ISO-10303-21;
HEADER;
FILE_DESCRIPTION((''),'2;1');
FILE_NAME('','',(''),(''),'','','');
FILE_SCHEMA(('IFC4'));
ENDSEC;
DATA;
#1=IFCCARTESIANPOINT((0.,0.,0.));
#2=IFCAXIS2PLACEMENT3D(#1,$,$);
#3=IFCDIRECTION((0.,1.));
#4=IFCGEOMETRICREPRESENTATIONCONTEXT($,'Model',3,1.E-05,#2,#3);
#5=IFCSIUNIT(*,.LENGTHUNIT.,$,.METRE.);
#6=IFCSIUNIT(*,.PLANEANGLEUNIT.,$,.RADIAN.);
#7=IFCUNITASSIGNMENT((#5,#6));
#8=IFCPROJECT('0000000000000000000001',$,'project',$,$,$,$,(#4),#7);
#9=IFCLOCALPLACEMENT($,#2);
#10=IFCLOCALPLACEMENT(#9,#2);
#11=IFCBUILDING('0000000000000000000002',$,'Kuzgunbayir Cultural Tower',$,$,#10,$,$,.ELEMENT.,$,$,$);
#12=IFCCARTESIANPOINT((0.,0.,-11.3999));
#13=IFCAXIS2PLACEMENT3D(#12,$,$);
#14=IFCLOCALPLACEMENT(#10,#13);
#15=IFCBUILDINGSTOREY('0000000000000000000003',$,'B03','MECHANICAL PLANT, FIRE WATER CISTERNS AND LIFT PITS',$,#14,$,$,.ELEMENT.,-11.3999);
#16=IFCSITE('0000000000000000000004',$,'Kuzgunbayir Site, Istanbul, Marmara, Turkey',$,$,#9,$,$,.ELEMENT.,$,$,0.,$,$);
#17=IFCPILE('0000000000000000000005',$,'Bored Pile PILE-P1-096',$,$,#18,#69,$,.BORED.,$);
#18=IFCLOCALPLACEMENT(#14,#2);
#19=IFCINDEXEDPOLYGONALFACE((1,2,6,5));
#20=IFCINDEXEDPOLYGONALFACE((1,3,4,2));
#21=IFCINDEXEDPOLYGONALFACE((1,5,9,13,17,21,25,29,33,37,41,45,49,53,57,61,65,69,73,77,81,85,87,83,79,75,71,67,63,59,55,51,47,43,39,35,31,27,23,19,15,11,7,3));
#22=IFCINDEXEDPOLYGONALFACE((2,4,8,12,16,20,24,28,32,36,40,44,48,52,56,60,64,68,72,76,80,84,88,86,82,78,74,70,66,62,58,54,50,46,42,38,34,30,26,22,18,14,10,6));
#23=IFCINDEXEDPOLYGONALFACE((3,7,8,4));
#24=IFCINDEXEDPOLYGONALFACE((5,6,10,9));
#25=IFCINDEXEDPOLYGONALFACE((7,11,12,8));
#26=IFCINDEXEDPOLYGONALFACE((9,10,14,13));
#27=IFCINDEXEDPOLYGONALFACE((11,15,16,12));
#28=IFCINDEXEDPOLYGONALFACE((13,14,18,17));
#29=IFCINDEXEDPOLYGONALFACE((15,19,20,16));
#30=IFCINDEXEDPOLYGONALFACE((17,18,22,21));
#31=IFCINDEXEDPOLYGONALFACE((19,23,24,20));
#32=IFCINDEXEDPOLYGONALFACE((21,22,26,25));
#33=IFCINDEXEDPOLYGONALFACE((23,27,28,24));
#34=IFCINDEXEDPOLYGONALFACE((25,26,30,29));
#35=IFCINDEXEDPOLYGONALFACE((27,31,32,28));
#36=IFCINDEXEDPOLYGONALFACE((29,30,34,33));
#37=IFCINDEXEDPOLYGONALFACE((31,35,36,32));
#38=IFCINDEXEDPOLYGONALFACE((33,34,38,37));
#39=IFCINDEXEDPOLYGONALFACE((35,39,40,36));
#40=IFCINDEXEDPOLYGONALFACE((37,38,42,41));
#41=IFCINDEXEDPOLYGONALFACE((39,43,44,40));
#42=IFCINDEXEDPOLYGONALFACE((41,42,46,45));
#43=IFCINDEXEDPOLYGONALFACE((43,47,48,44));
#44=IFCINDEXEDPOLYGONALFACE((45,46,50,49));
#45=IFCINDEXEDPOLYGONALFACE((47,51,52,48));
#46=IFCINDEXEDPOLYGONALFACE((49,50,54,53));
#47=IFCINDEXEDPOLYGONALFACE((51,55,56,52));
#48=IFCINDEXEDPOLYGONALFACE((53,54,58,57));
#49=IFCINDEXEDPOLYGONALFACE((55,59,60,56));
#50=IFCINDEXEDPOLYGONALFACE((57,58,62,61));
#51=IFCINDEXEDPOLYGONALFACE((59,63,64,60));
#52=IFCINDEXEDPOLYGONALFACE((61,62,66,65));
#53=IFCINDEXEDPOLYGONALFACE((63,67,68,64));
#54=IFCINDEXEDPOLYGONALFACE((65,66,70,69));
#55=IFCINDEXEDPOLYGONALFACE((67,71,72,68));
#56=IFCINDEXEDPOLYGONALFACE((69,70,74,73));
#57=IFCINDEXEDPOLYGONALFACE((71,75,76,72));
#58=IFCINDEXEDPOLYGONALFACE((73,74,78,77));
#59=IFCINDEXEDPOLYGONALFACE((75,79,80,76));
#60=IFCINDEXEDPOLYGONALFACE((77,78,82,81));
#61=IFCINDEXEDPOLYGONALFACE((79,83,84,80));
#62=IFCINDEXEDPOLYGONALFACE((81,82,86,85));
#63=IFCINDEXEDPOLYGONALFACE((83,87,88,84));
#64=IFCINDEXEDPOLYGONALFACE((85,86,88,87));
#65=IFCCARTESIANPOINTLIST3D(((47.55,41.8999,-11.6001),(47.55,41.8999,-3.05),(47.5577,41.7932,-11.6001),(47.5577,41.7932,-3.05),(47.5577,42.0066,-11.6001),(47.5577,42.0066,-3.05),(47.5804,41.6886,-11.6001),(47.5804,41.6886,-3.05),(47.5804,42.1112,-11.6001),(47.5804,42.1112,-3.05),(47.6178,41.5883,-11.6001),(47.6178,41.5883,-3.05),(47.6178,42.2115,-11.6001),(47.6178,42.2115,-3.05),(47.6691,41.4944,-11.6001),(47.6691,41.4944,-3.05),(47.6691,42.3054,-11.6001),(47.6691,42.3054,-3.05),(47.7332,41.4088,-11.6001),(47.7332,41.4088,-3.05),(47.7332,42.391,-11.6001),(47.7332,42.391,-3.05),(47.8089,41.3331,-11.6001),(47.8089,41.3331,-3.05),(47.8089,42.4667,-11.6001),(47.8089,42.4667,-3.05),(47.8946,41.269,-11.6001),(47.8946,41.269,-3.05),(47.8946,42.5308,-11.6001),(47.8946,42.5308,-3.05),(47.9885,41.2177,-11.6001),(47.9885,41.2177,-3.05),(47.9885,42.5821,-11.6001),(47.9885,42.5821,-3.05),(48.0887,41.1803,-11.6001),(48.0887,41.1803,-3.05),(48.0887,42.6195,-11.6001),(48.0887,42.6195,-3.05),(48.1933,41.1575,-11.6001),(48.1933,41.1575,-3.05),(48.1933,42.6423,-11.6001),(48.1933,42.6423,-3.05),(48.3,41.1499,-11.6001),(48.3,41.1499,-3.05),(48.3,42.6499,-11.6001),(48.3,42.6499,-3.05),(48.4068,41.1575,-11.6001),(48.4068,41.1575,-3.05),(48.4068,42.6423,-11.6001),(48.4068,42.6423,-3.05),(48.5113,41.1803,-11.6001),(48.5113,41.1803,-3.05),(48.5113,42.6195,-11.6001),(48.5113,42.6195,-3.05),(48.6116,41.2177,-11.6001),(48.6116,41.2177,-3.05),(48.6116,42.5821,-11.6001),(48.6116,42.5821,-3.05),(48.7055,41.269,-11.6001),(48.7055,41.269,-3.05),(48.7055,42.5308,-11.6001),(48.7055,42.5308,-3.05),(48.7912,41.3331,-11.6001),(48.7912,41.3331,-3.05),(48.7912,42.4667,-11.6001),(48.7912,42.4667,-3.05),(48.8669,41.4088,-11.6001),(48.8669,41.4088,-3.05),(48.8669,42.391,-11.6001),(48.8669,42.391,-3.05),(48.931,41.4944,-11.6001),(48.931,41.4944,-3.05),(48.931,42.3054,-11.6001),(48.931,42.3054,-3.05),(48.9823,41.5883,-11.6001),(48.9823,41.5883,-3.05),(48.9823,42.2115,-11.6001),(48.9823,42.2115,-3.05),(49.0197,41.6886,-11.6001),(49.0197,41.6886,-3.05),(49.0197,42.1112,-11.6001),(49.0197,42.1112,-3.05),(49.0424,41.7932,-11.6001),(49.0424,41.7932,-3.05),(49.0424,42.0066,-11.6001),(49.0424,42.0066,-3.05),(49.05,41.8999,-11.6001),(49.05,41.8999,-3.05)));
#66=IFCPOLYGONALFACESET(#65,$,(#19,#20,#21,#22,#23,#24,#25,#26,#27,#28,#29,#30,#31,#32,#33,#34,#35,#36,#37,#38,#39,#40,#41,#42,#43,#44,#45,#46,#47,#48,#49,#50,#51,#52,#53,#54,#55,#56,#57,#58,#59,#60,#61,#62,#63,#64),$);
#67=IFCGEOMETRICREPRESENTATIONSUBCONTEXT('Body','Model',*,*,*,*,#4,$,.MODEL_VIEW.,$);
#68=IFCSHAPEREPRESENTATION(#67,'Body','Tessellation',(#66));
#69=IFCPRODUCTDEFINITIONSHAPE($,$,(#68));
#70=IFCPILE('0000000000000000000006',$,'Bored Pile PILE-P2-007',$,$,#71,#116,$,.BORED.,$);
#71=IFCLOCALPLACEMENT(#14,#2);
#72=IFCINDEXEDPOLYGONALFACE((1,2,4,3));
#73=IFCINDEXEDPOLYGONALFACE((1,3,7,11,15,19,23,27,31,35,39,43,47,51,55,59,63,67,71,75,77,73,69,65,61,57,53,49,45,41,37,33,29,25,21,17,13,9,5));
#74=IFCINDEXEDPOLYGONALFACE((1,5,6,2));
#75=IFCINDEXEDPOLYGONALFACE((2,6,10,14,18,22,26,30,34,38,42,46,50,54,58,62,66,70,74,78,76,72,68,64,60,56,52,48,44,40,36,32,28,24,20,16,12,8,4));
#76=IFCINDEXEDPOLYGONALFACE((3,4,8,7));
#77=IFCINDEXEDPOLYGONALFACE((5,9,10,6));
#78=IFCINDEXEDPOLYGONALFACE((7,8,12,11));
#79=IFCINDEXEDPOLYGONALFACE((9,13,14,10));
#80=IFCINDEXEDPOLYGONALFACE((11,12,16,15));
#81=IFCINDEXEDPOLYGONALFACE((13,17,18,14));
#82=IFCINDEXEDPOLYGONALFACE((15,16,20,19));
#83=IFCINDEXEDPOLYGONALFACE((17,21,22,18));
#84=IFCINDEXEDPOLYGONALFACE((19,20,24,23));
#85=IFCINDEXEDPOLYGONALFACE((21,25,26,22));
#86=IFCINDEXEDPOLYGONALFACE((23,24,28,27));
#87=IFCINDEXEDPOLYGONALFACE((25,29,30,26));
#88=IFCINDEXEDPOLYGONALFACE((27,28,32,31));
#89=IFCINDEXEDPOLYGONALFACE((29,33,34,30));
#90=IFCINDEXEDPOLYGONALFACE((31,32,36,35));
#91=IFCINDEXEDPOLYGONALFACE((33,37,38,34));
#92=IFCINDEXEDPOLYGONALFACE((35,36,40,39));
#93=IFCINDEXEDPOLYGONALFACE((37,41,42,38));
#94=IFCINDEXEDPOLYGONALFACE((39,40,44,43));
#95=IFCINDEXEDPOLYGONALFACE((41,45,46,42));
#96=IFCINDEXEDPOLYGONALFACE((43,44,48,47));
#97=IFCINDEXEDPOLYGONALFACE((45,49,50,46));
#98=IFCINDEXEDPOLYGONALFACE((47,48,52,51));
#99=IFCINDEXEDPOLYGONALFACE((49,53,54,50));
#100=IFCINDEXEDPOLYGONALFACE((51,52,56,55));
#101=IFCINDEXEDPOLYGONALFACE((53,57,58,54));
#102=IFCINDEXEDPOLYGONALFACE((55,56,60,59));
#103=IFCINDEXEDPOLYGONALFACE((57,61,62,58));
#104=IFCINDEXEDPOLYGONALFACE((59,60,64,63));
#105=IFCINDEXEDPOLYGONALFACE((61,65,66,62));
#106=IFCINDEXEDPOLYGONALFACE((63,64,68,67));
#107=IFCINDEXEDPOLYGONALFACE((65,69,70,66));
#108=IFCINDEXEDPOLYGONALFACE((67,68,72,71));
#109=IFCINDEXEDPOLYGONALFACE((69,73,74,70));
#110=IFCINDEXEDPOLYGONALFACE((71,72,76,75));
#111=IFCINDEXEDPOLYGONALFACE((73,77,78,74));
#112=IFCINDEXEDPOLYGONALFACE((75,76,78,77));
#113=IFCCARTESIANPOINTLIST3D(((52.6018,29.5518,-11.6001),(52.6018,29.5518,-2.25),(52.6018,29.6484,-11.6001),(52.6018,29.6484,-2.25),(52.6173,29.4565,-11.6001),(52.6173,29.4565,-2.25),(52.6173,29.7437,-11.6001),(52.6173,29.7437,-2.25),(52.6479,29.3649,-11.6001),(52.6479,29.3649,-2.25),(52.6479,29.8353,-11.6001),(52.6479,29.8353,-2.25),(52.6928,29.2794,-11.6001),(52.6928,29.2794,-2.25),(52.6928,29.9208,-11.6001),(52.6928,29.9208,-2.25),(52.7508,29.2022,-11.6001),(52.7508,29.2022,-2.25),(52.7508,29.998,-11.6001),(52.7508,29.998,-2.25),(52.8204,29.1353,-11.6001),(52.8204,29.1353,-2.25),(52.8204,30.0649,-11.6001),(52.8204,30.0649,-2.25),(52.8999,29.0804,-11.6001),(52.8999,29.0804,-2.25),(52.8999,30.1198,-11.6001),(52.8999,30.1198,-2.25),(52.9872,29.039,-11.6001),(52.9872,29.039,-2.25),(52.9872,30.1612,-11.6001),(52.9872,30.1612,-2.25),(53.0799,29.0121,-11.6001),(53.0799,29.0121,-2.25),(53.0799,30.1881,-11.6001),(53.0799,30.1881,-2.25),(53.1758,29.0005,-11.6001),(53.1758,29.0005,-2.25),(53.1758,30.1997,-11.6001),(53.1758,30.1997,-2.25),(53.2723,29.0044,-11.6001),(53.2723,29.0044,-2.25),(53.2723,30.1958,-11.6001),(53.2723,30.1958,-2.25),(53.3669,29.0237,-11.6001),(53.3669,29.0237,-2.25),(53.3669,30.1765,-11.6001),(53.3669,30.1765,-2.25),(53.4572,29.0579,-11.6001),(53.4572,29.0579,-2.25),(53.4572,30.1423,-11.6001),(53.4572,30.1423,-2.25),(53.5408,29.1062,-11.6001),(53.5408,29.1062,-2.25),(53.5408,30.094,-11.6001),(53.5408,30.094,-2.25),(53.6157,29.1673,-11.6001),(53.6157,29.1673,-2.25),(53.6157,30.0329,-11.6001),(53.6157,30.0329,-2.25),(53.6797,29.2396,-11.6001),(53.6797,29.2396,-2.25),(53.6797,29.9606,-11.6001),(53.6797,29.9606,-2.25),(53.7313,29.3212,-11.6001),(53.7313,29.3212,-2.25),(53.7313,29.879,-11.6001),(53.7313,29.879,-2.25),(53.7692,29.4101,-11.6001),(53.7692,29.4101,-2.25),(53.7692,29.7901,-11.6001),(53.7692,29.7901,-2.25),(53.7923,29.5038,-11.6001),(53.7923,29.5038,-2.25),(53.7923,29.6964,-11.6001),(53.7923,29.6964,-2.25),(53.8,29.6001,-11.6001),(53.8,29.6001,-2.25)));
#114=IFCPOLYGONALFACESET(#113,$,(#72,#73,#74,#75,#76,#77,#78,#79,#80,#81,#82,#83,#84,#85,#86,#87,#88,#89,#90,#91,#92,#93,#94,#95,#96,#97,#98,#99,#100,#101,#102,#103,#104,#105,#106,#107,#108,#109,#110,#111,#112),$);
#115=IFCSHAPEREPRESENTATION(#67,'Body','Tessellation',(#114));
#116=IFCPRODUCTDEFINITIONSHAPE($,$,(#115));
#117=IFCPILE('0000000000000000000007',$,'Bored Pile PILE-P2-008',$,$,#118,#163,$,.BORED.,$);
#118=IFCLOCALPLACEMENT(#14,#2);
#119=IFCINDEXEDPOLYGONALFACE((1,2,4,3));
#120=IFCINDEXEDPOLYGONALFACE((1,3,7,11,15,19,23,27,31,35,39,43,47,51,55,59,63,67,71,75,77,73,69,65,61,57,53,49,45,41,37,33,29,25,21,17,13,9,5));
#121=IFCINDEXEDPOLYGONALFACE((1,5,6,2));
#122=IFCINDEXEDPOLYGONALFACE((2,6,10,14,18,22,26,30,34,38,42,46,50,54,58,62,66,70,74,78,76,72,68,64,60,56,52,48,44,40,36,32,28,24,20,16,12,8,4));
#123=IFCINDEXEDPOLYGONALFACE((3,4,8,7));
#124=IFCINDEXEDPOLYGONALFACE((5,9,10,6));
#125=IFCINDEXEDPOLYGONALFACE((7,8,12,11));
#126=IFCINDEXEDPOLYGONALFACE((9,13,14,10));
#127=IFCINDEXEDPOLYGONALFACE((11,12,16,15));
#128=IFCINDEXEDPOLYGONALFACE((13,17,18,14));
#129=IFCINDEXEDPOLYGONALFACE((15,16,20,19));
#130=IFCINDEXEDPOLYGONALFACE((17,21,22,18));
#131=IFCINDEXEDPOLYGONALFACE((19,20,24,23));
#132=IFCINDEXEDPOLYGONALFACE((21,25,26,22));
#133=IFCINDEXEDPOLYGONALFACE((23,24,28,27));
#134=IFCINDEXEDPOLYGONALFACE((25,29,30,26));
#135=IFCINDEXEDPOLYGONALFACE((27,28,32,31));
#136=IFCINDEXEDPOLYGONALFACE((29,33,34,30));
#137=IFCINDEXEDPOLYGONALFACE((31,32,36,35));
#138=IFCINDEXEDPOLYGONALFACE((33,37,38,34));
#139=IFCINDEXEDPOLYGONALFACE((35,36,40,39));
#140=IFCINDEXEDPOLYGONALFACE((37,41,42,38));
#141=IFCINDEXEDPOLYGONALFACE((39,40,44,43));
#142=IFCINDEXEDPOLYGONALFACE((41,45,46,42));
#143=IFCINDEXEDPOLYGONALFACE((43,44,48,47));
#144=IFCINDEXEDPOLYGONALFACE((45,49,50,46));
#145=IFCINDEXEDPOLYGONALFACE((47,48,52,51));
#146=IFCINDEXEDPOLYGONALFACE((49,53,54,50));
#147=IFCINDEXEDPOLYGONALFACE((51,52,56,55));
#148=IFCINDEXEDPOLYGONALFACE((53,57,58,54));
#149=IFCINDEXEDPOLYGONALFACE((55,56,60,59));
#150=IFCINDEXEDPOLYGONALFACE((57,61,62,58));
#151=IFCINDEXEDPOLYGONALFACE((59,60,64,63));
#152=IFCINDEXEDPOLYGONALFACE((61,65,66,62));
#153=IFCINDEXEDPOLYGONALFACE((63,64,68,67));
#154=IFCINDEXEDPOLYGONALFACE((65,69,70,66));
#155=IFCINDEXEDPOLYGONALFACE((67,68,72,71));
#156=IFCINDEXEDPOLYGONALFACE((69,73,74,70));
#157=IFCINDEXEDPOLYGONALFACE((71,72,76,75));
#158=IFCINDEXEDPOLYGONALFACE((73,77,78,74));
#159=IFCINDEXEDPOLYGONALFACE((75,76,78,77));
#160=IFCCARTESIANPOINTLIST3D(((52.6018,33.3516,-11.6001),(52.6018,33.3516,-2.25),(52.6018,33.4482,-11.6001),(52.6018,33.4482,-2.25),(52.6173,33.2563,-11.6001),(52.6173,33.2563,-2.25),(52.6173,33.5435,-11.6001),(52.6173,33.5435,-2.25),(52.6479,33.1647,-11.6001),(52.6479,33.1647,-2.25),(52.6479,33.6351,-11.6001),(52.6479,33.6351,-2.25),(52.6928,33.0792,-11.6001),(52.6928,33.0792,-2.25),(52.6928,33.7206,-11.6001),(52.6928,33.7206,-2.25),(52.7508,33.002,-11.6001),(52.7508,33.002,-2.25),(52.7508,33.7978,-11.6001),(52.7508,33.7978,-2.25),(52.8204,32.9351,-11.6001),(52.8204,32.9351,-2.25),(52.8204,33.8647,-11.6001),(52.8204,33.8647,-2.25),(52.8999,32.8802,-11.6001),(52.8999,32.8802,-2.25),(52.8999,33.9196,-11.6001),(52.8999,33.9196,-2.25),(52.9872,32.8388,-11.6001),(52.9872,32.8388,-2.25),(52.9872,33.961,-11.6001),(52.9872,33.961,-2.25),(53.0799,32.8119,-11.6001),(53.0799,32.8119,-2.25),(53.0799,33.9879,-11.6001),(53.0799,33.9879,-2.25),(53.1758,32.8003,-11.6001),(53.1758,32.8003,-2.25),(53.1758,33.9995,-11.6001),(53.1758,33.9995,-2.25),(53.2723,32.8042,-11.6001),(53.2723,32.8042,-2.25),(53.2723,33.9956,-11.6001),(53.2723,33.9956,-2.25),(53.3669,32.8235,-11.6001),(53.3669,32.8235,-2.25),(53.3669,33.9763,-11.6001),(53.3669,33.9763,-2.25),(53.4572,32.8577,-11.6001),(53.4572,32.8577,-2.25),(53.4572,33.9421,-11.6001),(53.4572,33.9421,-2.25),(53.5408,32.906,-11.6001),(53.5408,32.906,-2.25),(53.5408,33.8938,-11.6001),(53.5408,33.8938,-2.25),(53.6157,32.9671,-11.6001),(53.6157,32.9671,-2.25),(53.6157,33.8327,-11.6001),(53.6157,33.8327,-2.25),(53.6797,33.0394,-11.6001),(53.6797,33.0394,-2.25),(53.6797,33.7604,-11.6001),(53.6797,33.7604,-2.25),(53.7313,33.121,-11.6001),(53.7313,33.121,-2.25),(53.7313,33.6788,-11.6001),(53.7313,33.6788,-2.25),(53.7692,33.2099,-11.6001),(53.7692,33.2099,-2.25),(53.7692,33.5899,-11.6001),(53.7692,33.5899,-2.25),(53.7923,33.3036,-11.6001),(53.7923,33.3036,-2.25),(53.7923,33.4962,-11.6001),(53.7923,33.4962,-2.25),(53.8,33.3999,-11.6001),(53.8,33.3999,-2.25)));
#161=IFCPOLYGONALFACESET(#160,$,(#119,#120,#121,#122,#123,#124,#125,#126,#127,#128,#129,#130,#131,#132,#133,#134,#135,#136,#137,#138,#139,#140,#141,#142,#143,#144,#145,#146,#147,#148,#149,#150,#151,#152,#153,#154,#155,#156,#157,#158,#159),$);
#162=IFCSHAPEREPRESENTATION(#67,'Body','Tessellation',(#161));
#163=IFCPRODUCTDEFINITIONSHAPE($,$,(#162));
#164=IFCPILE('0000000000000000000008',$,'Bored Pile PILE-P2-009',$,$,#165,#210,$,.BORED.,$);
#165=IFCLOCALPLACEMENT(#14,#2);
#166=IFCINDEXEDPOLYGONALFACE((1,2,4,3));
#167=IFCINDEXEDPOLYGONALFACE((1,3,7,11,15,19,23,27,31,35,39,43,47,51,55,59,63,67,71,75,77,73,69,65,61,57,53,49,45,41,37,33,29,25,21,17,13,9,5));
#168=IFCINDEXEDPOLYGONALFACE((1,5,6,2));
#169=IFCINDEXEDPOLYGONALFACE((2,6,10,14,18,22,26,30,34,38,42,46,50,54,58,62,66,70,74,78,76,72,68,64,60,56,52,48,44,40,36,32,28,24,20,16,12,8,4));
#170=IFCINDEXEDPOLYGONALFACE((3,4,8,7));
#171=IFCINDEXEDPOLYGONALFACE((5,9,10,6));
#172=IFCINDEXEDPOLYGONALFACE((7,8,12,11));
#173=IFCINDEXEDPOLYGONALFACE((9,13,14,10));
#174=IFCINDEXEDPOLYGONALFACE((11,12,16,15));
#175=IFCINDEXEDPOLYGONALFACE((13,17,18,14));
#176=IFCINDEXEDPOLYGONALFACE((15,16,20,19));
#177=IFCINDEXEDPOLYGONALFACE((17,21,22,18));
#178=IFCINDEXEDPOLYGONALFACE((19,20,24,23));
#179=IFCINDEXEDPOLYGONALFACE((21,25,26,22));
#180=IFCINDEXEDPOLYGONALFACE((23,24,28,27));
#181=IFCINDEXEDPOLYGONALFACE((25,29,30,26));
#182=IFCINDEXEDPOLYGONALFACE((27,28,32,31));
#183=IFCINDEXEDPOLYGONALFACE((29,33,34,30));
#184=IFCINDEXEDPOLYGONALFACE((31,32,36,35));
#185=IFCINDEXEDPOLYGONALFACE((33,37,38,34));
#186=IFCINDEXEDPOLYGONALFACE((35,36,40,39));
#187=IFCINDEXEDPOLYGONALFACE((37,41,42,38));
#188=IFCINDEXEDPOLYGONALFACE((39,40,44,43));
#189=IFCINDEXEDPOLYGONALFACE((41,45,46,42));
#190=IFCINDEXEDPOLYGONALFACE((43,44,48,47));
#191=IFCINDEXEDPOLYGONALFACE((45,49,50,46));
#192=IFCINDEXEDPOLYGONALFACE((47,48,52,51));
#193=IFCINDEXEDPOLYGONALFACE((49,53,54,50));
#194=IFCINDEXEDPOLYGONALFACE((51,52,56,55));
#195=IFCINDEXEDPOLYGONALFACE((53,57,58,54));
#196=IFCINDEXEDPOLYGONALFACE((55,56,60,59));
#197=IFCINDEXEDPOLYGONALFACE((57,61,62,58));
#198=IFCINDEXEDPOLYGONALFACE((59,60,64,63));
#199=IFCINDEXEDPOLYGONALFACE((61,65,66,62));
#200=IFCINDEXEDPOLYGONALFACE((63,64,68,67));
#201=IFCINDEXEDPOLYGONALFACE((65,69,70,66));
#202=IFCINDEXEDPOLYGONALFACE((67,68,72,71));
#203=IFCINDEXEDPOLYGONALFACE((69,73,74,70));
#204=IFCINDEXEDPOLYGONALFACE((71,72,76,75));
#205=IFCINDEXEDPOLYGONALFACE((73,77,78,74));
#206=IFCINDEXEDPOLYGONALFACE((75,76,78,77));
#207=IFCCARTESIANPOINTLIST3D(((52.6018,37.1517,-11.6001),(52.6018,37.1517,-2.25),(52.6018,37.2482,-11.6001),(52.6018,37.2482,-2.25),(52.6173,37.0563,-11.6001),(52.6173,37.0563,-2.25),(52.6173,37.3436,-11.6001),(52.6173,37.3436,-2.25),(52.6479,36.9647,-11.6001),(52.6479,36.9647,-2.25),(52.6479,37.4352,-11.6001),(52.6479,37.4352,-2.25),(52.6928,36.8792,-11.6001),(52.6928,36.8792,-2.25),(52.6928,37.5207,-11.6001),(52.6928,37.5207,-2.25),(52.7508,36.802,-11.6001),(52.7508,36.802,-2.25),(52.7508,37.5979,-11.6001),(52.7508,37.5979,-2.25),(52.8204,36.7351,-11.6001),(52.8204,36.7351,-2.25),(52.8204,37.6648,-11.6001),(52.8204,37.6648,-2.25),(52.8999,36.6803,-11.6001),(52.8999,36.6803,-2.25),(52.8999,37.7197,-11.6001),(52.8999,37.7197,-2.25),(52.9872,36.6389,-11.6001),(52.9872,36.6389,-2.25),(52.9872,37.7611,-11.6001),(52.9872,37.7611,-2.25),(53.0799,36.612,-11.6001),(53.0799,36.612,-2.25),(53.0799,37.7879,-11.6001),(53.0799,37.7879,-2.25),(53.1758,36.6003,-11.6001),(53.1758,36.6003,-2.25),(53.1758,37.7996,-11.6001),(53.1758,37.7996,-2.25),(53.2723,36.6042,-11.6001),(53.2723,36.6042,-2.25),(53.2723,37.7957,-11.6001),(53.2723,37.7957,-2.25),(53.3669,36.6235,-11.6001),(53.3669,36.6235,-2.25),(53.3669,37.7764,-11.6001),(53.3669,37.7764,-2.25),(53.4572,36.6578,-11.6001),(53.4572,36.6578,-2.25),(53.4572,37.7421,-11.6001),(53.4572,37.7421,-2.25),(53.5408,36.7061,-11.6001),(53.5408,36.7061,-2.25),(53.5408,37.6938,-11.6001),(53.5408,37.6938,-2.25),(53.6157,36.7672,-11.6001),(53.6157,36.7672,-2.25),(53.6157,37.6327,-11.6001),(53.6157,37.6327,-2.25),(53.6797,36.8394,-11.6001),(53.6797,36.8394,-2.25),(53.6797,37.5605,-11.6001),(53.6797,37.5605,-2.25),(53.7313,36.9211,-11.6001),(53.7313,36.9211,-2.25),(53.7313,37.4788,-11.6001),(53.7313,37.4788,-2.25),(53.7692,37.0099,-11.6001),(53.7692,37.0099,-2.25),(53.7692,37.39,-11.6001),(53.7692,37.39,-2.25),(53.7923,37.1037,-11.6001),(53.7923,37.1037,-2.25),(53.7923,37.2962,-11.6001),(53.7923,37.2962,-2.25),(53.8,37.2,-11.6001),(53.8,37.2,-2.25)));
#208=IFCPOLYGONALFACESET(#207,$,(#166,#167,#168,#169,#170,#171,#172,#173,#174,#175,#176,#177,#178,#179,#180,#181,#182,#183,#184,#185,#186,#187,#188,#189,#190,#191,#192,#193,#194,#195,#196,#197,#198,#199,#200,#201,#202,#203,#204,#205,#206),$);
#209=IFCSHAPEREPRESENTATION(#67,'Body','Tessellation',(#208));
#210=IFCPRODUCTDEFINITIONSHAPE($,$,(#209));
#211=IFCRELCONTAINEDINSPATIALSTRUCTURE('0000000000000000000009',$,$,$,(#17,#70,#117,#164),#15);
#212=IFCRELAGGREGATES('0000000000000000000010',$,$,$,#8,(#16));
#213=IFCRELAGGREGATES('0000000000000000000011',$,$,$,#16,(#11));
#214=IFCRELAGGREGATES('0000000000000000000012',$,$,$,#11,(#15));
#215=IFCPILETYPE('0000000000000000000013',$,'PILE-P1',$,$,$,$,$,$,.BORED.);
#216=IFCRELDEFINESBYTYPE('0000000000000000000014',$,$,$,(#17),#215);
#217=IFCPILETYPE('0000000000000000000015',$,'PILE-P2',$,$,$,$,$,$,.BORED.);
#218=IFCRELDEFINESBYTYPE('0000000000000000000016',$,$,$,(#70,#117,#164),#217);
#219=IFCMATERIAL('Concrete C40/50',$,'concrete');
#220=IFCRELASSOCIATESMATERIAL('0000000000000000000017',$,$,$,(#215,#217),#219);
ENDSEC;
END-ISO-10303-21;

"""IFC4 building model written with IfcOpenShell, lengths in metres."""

from ifc_helpers import new_model, si_unit, direction, frame, origin, origin_2d, place, context, subcontext, project, spatial, circle, extrude, material, material_profile, profile_set, type_object, element, save


model = new_model("IFC4")

# Units and contexts
model_context = context("Model", 3, precision=1e-05, world=origin(), true_north=direction((0.0, 1.0)))
body_context = subcontext(model_context, "Body", "Model", "MODEL_VIEW")
ifc_project = project(units=[si_unit("LENGTHUNIT", "METRE"), si_unit("PLANEANGLEUNIT", "RADIAN")], contexts=[model_context])

# Site, building, storey
site_placement = place(None, origin())
site = spatial("IfcSite", under=ifc_project, at=site_placement, Name="Kuzgunbayir Site, Istanbul, Marmara, Turkey", CompositionType="ELEMENT", RefElevation=0.0)
building_placement = place(site_placement, origin())
building = spatial("IfcBuilding", under=site, at=building_placement, Name="Kuzgunbayir Cultural Tower", CompositionType="ELEMENT")
storey_placement = place(building_placement, frame((0.0, 0.0, -11.3999)))
storey = spatial("IfcBuildingStorey", under=building, at=storey_placement, Name="B03", Description="MECHANICAL PLANT, FIRE WATER CISTERNS AND LIFT PITS", CompositionType="ELEMENT", Elevation=-11.3999)

# Piles
ifc_material_1 = material(Name="Concrete C40/50", Category="concrete")
ifc_material_profile_1 = material_profile(ifc_material_1, circle(Radius=0.75, at=origin_2d()), Name="BORED PILE 1500")
ifc_profile_set_1 = profile_set([ifc_material_profile_1], Name="Concrete C40/50")
pile_type_1 = type_object("IfcPileType", Name="PILE-P1", PredefinedType="BORED", material=ifc_profile_set_1)
for number, where, z_axis, x_axis, name in (
    (1, (48.3, 41.8999, -3.05), (0.0, 0.0, -1.0), (1.0, 0.0, 0.0), "Bored Pile PILE-P1-096"),
):
    element("IfcPile", number, at=place(storey_placement, frame(where, z_axis=z_axis, x_axis=x_axis)), inside=storey, type_object=pile_type_1, Name=name, PredefinedType="BORED", context=body_context, shape_type="SweptSolid", body=[
        extrude(circle(Radius=0.75, at=origin_2d()), origin(), (0.0, 0.0, 1.0), 8.55),
    ])
ifc_material_profile_2 = material_profile(ifc_material_1, circle(Radius=0.6001, at=origin_2d()), Name="BORED PILE 1200")
ifc_profile_set_2 = profile_set([ifc_material_profile_2], Name="Concrete C40/50")
pile_type_2 = type_object("IfcPileType", Name="PILE-P2", PredefinedType="BORED", material=ifc_profile_set_2)
for number, where, z_axis, x_axis, name in (
    (2, (53.2, 29.6001, -2.25), (0.0, 0.0, -1.0), (1.0, 0.0, 0.0), "Bored Pile PILE-P2-007"),
    (3, (53.2, 33.3999, -2.25), (0.0, 0.0, -1.0), (1.0, 0.0, 0.0), "Bored Pile PILE-P2-008"),
    (4, (53.2, 37.2, -2.25), (0.0, 0.0, -1.0), (1.0, 0.0, 0.0), "Bored Pile PILE-P2-009"),
):
    element("IfcPile", number, at=place(storey_placement, frame(where, z_axis=z_axis, x_axis=x_axis)), inside=storey, type_object=pile_type_2, Name=name, PredefinedType="BORED", context=body_context, shape_type="SweptSolid", body=[
        extrude(circle(Radius=0.6001, at=origin_2d()), origin(), (0.0, 0.0, 1.0), 9.3501),
    ])

save(model, "model.ifc")
